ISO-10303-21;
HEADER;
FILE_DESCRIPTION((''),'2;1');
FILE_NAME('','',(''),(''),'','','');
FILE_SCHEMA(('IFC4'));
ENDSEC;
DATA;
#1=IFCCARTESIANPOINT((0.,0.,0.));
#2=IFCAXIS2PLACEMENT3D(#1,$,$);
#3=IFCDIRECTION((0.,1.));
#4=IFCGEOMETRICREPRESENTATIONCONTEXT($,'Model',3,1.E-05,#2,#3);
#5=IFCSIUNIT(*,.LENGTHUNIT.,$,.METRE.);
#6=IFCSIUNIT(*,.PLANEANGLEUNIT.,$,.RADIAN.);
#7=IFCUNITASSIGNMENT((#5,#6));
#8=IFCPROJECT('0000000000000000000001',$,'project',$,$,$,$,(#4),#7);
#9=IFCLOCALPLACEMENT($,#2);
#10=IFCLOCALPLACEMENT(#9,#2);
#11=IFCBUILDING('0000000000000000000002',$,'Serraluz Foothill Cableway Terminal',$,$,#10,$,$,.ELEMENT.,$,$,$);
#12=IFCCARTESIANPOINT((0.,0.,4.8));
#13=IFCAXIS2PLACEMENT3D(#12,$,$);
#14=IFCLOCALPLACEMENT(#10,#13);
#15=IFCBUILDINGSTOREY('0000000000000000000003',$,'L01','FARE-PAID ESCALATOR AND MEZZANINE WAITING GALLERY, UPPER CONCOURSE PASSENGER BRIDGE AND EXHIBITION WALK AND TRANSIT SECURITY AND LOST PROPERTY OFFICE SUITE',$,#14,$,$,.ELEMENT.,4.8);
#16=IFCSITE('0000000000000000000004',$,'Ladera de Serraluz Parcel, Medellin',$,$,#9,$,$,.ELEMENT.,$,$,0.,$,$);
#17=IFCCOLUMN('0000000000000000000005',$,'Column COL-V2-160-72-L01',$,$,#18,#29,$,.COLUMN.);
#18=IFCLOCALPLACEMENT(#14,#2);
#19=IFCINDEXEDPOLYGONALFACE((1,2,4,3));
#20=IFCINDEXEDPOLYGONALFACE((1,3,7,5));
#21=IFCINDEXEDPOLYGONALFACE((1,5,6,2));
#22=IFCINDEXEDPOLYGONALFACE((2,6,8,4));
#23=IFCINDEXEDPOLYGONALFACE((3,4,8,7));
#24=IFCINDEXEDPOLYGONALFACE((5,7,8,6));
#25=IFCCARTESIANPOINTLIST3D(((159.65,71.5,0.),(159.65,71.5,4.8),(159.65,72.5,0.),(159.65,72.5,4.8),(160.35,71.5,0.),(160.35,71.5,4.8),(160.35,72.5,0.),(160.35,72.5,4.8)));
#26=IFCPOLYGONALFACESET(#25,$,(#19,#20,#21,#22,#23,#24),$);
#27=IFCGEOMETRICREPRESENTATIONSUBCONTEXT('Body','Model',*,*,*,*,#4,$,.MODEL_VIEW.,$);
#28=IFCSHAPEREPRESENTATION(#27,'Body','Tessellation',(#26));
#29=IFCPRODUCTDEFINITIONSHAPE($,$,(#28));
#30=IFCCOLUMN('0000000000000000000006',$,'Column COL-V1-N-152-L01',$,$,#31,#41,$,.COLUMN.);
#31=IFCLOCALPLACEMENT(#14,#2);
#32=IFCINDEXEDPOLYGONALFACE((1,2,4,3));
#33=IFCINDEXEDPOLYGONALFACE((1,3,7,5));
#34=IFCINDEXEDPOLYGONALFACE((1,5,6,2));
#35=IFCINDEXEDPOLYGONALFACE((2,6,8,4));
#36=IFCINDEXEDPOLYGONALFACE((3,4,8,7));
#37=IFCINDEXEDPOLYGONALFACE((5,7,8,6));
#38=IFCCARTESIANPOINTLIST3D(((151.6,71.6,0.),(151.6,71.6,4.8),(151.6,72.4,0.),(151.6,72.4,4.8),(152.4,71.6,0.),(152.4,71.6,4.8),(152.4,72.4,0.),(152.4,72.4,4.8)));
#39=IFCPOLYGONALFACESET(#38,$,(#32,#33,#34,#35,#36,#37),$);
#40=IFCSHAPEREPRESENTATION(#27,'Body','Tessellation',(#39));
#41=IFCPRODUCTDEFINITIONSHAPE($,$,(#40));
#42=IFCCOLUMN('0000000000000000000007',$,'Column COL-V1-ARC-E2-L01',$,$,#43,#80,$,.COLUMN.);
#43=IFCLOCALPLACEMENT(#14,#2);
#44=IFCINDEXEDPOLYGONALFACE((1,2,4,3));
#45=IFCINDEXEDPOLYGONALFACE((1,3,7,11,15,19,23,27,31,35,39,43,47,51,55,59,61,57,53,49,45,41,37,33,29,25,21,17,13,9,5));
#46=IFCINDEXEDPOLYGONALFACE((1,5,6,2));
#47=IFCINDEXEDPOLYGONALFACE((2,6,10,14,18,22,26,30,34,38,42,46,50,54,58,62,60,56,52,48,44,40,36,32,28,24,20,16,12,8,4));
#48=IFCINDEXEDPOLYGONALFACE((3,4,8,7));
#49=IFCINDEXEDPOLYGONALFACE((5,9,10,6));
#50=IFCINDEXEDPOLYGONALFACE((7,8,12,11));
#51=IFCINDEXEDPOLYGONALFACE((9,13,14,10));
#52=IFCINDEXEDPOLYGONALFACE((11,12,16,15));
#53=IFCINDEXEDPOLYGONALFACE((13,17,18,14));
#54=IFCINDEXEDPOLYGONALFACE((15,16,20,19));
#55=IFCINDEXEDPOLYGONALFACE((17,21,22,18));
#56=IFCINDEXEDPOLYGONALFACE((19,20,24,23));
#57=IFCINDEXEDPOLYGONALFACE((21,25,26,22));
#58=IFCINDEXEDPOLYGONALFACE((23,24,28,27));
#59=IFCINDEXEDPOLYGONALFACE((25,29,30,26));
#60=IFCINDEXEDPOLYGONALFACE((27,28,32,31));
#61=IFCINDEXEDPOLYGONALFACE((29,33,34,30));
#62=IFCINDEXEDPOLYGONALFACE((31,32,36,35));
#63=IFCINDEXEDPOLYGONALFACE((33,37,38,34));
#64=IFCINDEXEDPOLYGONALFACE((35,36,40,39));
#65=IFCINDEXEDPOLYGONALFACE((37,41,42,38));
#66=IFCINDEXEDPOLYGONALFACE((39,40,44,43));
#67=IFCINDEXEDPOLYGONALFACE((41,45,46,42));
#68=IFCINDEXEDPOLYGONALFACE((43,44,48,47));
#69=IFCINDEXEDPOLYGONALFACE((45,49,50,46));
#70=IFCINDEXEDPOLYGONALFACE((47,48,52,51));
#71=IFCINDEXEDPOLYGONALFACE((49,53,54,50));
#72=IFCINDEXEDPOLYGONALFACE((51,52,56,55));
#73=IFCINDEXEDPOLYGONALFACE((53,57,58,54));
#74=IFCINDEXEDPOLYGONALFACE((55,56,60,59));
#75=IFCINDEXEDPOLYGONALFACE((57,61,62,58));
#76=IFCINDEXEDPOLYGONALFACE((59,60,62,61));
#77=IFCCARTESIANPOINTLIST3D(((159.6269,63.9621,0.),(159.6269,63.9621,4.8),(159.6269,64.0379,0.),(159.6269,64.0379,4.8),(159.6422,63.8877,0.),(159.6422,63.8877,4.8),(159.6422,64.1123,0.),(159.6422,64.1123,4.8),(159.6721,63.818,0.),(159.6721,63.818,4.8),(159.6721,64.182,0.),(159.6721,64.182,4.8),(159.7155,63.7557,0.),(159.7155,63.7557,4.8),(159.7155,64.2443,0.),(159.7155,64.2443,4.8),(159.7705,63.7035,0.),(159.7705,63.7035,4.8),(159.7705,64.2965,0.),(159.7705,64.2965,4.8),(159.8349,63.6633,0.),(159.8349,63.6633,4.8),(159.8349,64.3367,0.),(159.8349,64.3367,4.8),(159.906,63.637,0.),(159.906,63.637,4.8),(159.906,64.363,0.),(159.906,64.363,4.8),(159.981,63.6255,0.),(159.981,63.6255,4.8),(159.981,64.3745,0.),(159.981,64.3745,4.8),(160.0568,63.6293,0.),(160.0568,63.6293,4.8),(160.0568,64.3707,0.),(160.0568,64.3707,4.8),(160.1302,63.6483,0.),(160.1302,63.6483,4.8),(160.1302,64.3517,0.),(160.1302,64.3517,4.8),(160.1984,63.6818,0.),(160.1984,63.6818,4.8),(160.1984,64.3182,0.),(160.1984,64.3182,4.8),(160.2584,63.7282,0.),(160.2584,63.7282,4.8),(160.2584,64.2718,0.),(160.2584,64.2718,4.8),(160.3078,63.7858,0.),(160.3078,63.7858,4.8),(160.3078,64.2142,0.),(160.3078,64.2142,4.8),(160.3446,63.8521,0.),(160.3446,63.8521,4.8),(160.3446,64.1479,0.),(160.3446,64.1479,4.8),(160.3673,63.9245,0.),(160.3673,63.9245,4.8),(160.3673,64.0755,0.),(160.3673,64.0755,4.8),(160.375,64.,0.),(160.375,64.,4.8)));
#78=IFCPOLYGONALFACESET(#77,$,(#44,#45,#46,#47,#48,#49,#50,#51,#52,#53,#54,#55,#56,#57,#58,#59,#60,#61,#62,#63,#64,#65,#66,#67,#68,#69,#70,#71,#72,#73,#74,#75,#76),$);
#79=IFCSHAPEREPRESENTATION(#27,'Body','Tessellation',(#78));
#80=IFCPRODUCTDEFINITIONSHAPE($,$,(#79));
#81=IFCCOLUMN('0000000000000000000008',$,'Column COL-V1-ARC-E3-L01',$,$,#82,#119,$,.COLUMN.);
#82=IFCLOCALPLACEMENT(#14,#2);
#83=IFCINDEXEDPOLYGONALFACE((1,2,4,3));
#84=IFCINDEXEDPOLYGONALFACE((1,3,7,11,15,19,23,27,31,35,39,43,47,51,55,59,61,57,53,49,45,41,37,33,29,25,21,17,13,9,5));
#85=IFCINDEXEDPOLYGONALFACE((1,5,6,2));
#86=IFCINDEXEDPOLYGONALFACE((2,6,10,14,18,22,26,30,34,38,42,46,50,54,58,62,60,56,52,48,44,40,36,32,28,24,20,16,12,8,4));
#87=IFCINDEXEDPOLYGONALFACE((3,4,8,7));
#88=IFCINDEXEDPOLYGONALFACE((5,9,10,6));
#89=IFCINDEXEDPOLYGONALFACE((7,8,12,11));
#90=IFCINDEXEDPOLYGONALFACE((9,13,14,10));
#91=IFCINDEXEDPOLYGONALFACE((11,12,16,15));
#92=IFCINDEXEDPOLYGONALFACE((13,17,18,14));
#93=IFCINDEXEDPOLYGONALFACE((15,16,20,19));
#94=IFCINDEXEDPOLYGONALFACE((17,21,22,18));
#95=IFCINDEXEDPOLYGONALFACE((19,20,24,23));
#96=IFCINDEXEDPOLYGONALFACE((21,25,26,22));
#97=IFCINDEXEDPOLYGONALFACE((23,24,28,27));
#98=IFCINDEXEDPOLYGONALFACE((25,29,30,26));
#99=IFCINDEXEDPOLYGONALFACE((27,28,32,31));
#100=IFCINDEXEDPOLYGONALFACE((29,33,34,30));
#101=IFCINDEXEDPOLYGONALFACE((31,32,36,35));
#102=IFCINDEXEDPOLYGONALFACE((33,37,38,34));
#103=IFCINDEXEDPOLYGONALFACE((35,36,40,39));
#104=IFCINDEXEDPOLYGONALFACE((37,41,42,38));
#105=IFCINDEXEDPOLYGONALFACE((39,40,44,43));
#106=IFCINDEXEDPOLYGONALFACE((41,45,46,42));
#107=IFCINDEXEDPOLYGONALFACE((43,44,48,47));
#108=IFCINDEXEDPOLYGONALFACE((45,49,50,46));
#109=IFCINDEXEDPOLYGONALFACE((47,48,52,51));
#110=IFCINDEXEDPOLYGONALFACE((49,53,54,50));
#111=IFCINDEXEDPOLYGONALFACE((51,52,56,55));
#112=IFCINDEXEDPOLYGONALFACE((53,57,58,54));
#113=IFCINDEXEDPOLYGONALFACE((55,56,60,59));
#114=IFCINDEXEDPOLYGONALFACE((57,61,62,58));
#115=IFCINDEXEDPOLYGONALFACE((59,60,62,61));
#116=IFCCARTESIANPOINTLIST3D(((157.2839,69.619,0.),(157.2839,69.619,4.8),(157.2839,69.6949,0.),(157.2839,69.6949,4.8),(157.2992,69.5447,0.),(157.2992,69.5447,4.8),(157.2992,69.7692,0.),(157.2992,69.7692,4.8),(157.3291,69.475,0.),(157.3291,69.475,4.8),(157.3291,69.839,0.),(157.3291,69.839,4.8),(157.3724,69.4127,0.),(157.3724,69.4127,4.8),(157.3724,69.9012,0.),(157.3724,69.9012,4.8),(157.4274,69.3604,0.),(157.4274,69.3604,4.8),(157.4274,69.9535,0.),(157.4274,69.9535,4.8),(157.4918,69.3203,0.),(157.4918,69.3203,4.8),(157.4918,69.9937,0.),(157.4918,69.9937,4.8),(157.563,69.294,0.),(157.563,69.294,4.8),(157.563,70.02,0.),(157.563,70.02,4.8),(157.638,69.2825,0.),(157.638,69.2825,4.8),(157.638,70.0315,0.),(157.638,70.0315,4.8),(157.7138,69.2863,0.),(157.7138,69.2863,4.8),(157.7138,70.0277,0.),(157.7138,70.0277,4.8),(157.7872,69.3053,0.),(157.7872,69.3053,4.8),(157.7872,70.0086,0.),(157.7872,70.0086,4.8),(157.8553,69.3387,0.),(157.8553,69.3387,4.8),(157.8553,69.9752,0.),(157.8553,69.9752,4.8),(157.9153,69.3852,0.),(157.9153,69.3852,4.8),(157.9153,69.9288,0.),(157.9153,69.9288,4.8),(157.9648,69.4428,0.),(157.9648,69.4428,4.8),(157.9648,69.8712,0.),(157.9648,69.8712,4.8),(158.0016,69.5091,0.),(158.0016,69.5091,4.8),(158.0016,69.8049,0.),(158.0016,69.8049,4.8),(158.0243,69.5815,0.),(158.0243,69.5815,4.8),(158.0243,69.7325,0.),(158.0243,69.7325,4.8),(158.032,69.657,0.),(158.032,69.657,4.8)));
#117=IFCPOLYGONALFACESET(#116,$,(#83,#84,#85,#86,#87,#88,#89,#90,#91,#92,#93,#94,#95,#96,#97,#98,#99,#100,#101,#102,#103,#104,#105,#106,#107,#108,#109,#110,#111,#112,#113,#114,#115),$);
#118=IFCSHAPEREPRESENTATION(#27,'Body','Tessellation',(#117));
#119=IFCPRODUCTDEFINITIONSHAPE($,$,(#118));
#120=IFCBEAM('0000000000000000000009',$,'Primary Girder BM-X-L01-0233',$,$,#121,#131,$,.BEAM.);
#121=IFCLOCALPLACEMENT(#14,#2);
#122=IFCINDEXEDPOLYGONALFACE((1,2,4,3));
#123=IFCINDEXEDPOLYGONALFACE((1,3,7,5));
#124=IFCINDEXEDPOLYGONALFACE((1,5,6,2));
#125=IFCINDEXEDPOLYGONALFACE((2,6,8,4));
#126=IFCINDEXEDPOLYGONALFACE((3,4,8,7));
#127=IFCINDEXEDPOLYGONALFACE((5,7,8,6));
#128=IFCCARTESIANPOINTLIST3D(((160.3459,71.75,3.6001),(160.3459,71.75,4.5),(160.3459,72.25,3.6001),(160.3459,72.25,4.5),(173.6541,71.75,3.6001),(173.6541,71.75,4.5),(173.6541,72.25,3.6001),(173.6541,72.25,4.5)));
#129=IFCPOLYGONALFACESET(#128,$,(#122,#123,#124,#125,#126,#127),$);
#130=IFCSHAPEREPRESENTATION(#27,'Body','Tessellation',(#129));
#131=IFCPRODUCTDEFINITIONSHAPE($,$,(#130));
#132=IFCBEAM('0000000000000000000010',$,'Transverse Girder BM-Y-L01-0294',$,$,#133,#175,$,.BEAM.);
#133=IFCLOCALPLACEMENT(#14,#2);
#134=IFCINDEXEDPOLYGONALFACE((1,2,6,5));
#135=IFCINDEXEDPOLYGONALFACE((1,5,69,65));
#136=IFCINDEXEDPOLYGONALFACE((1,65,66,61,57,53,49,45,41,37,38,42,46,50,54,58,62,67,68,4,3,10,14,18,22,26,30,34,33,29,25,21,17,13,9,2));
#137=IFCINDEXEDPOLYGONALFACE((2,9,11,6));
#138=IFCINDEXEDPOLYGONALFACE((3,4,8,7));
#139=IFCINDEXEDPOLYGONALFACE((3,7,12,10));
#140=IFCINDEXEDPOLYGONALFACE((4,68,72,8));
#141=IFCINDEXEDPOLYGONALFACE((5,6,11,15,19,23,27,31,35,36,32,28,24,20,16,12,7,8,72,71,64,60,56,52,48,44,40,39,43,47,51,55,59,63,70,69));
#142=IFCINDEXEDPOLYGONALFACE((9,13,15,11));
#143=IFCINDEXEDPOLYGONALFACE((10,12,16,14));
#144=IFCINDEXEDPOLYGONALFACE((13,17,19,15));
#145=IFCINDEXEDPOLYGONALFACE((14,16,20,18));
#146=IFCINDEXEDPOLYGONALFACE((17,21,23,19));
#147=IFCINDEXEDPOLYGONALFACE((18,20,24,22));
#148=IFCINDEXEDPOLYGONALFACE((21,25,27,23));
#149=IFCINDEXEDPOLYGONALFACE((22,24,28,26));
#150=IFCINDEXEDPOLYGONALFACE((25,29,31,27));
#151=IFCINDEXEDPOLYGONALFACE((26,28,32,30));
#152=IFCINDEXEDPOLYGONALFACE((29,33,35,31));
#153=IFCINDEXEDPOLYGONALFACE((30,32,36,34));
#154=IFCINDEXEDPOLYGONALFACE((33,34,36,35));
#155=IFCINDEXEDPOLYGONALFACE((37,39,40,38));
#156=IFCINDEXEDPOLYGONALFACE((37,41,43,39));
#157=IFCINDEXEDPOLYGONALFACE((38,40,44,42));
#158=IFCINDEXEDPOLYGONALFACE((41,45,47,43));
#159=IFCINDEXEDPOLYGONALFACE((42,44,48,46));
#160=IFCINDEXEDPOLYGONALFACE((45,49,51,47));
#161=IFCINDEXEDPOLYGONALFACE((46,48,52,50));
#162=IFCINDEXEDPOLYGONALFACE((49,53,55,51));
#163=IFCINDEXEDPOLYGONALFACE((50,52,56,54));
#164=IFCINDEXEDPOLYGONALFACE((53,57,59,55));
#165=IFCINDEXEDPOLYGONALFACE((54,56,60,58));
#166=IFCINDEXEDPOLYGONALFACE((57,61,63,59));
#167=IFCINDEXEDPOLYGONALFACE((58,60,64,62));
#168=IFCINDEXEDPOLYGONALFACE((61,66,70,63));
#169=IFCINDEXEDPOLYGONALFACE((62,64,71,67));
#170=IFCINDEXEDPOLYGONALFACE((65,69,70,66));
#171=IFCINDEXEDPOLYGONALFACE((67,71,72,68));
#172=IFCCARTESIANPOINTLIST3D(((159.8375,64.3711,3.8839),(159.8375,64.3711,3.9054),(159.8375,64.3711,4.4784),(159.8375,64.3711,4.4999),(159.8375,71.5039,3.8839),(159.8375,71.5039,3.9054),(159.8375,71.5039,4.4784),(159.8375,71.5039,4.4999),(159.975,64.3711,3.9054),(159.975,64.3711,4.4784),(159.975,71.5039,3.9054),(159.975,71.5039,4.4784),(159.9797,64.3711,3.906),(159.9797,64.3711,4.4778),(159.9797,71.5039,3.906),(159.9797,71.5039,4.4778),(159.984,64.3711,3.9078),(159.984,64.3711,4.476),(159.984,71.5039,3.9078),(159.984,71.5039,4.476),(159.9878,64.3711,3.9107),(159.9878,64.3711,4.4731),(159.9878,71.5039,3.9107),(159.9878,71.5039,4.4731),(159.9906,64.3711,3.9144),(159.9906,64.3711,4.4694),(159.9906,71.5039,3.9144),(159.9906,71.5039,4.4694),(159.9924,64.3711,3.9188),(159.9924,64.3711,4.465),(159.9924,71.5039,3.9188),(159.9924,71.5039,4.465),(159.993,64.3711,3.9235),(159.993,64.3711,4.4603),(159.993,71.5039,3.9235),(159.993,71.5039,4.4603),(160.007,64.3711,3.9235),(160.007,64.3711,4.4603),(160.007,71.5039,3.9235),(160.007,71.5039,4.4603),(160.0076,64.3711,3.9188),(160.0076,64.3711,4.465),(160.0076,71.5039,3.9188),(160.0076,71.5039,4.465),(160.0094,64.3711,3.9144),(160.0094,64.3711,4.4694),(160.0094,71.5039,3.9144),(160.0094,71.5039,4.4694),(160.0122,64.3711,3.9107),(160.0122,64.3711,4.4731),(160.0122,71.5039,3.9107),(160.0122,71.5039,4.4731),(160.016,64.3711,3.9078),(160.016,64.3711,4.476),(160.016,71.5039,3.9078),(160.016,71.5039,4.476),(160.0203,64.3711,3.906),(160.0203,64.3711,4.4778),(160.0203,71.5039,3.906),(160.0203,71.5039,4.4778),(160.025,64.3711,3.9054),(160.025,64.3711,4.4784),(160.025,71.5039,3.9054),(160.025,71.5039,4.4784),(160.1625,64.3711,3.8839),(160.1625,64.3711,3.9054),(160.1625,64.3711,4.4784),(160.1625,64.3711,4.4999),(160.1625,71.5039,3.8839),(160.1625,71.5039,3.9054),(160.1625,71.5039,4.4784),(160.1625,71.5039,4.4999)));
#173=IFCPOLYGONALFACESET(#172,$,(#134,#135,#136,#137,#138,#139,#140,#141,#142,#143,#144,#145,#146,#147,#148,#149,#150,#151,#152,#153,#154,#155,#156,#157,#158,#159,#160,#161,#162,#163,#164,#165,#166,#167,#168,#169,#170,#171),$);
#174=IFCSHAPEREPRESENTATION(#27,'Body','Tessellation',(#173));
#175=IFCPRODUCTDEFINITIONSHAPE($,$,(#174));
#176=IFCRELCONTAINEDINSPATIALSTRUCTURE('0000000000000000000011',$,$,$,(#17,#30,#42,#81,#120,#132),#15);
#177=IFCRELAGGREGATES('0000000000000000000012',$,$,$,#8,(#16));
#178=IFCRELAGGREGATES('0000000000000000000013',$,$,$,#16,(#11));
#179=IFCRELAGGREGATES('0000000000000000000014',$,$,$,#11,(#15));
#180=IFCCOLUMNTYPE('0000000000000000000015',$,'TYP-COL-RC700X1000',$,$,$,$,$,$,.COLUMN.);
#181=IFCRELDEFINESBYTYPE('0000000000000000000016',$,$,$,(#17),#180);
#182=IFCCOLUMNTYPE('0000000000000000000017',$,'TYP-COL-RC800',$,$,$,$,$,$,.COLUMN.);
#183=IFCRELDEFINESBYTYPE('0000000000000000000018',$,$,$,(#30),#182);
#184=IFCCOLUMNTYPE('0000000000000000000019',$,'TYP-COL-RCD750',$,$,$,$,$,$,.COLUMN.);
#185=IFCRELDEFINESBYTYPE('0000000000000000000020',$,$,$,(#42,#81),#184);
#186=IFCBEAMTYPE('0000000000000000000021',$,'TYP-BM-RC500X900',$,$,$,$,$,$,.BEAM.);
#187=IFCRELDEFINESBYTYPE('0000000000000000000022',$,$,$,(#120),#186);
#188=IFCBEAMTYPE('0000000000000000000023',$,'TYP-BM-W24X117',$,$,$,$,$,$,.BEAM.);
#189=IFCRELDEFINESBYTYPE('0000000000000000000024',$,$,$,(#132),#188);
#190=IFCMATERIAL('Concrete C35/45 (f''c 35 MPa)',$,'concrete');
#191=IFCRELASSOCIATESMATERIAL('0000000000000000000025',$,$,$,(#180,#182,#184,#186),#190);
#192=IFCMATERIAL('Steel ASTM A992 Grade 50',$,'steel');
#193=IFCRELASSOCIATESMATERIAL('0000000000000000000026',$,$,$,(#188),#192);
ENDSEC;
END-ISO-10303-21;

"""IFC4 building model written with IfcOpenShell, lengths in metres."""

from ifc_helpers import new_model, si_unit, direction, frame, origin, origin_2d, place, context, subcontext, project, spatial, rectangle, circle, i_section, extrude, material, material_profile, profile_set, type_object, element, save


model = new_model("IFC4")

# Units and contexts
model_context = context("Model", 3, precision=1e-05, world=origin(), true_north=direction((0.0, 1.0)))
body_context = subcontext(model_context, "Body", "Model", "MODEL_VIEW")
ifc_project = project(units=[si_unit("LENGTHUNIT", "METRE"), si_unit("PLANEANGLEUNIT", "RADIAN")], contexts=[model_context])

# Site, building, storey
site_placement = place(None, origin())
site = spatial("IfcSite", under=ifc_project, at=site_placement, Name="Ladera de Serraluz Parcel, Medellin", CompositionType="ELEMENT", RefElevation=0.0)
building_placement = place(site_placement, origin())
building = spatial("IfcBuilding", under=site, at=building_placement, Name="Serraluz Foothill Cableway Terminal", CompositionType="ELEMENT")
storey_placement = place(building_placement, frame((0.0, 0.0, 4.8)))
storey = spatial("IfcBuildingStorey", under=building, at=storey_placement, Name="L01", Description="FARE-PAID ESCALATOR AND MEZZANINE WAITING GALLERY, UPPER CONCOURSE PASSENGER BRIDGE AND EXHIBITION WALK AND TRANSIT SECURITY AND LOST PROPERTY OFFICE SUITE", CompositionType="ELEMENT", Elevation=4.8)

# Columns
ifc_material_1 = material(Name="Concrete C35/45 (f'c 35 MPa)", Category="concrete")
ifc_material_profile_1 = material_profile(ifc_material_1, rectangle(XDim=0.7, YDim=1.0, at=origin_2d()), Name="RC 700x1000")
ifc_profile_set_1 = profile_set([ifc_material_profile_1], Name="Concrete C35/45 (f'c 35 MPa)")
column_type_1 = type_object("IfcColumnType", Name="TYP-COL-RC700X1000", PredefinedType="COLUMN", material=ifc_profile_set_1)
column_1_placement = place(storey_placement, frame((160.0, 72.0, 0.0), z_axis=(0.0, 0.0, 1.0), x_axis=(1.0, 0.0, 0.0)))
element("IfcColumn", 1, at=column_1_placement, inside=storey, type_object=column_type_1, Name="Column COL-V2-160-72-L01", PredefinedType="COLUMN", context=body_context, shape_type="SweptSolid", body=[
    extrude(rectangle(XDim=0.7, YDim=1.0, at=origin_2d()), origin(), (0.0, 0.0, 1.0), 4.8),
])
ifc_material_profile_2 = material_profile(ifc_material_1, rectangle(XDim=0.8, YDim=0.8, at=origin_2d()), Name="RC 800x800")
ifc_profile_set_2 = profile_set([ifc_material_profile_2], Name="Concrete C35/45 (f'c 35 MPa)")
column_type_2 = type_object("IfcColumnType", Name="TYP-COL-RC800", PredefinedType="COLUMN", material=ifc_profile_set_2)
column_2_placement = place(storey_placement, frame((152.0, 72.0, 0.0), z_axis=(0.0, 0.0, 1.0), x_axis=(1.0, 0.0, 0.0)))
element("IfcColumn", 2, at=column_2_placement, inside=storey, type_object=column_type_2, Name="Column COL-V1-N-152-L01", PredefinedType="COLUMN", context=body_context, shape_type="SweptSolid", body=[
    extrude(rectangle(XDim=0.8, YDim=0.8, at=origin_2d()), origin(), (0.0, 0.0, 1.0), 4.8),
])
ifc_material_profile_3 = material_profile(ifc_material_1, circle(Radius=0.375, at=origin_2d()), Name="RC D750")
ifc_profile_set_3 = profile_set([ifc_material_profile_3], Name="Concrete C35/45 (f'c 35 MPa)")
column_type_3 = type_object("IfcColumnType", Name="TYP-COL-RCD750", PredefinedType="COLUMN", material=ifc_profile_set_3)
for number, where, z_axis, x_axis, name in (
    (3, (160.0, 64.0, 0.0), (0.0, 0.0, 1.0), (1.0, 0.0, 0.0), "Column COL-V1-ARC-E2-L01"),
    (4, (157.657, 69.657, 0.0), (0.0, 0.0, 1.0), (1.0, 0.0, 0.0), "Column COL-V1-ARC-E3-L01"),
):
    element("IfcColumn", number, at=place(storey_placement, frame(where, z_axis=z_axis, x_axis=x_axis)), inside=storey, type_object=column_type_3, Name=name, PredefinedType="COLUMN", context=body_context, shape_type="SweptSolid", body=[
        extrude(circle(Radius=0.375, at=origin_2d()), origin(), (0.0, 0.0, 1.0), 4.8),
    ])

# Beams
ifc_material_profile_4 = material_profile(ifc_material_1, rectangle(XDim=0.5, YDim=0.8999, at=origin_2d()), Name="RC 500x900")
ifc_profile_set_4 = profile_set([ifc_material_profile_4], Name="Concrete C35/45 (f'c 35 MPa)")
beam_type_1 = type_object("IfcBeamType", Name="TYP-BM-RC500X900", PredefinedType="BEAM", material=ifc_profile_set_4)
beam_1_placement = place(storey_placement, frame((160.3459, 72.0, 4.05), z_axis=(1.0, 0.0, 0.0), x_axis=(0.0, 1.0, 0.0)))
element("IfcBeam", 5, at=beam_1_placement, inside=storey, type_object=beam_type_1, Name="Primary Girder BM-X-L01-0233", PredefinedType="BEAM", context=body_context, shape_type="SweptSolid", body=[
    extrude(rectangle(XDim=0.5, YDim=0.8999, at=origin_2d()), origin(), (0.0, 0.0, 1.0), 13.3081),
])
ifc_material_2 = material(Name="Steel ASTM A992 Grade 50", Category="steel")
ifc_material_profile_5 = material_profile(ifc_material_2, i_section(OverallWidth=0.325, OverallDepth=0.616, WebThickness=0.0139, FlangeThickness=0.0215, FilletRadius=0.0181, at=origin_2d()), Name="W24X117")
ifc_profile_set_5 = profile_set([ifc_material_profile_5], Name="Steel ASTM A992 Grade 50")
beam_type_2 = type_object("IfcBeamType", Name="TYP-BM-W24X117", PredefinedType="BEAM", material=ifc_profile_set_5)
beam_2_placement = place(storey_placement, frame((160.0, 64.3711, 4.1919), z_axis=(0.0, 1.0, 0.0), x_axis=(-1.0, 0.0, 0.0)))
element("IfcBeam", 6, at=beam_2_placement, inside=storey, type_object=beam_type_2, Name="Transverse Girder BM-Y-L01-0294", PredefinedType="BEAM", context=body_context, shape_type="SweptSolid", body=[
    extrude(i_section(OverallWidth=0.325, OverallDepth=0.616, WebThickness=0.0139, FlangeThickness=0.0215, FilletRadius=0.0181, at=origin_2d()), origin(), (0.0, 0.0, 1.0), 7.1328),
])

save(model, "model.ifc")
